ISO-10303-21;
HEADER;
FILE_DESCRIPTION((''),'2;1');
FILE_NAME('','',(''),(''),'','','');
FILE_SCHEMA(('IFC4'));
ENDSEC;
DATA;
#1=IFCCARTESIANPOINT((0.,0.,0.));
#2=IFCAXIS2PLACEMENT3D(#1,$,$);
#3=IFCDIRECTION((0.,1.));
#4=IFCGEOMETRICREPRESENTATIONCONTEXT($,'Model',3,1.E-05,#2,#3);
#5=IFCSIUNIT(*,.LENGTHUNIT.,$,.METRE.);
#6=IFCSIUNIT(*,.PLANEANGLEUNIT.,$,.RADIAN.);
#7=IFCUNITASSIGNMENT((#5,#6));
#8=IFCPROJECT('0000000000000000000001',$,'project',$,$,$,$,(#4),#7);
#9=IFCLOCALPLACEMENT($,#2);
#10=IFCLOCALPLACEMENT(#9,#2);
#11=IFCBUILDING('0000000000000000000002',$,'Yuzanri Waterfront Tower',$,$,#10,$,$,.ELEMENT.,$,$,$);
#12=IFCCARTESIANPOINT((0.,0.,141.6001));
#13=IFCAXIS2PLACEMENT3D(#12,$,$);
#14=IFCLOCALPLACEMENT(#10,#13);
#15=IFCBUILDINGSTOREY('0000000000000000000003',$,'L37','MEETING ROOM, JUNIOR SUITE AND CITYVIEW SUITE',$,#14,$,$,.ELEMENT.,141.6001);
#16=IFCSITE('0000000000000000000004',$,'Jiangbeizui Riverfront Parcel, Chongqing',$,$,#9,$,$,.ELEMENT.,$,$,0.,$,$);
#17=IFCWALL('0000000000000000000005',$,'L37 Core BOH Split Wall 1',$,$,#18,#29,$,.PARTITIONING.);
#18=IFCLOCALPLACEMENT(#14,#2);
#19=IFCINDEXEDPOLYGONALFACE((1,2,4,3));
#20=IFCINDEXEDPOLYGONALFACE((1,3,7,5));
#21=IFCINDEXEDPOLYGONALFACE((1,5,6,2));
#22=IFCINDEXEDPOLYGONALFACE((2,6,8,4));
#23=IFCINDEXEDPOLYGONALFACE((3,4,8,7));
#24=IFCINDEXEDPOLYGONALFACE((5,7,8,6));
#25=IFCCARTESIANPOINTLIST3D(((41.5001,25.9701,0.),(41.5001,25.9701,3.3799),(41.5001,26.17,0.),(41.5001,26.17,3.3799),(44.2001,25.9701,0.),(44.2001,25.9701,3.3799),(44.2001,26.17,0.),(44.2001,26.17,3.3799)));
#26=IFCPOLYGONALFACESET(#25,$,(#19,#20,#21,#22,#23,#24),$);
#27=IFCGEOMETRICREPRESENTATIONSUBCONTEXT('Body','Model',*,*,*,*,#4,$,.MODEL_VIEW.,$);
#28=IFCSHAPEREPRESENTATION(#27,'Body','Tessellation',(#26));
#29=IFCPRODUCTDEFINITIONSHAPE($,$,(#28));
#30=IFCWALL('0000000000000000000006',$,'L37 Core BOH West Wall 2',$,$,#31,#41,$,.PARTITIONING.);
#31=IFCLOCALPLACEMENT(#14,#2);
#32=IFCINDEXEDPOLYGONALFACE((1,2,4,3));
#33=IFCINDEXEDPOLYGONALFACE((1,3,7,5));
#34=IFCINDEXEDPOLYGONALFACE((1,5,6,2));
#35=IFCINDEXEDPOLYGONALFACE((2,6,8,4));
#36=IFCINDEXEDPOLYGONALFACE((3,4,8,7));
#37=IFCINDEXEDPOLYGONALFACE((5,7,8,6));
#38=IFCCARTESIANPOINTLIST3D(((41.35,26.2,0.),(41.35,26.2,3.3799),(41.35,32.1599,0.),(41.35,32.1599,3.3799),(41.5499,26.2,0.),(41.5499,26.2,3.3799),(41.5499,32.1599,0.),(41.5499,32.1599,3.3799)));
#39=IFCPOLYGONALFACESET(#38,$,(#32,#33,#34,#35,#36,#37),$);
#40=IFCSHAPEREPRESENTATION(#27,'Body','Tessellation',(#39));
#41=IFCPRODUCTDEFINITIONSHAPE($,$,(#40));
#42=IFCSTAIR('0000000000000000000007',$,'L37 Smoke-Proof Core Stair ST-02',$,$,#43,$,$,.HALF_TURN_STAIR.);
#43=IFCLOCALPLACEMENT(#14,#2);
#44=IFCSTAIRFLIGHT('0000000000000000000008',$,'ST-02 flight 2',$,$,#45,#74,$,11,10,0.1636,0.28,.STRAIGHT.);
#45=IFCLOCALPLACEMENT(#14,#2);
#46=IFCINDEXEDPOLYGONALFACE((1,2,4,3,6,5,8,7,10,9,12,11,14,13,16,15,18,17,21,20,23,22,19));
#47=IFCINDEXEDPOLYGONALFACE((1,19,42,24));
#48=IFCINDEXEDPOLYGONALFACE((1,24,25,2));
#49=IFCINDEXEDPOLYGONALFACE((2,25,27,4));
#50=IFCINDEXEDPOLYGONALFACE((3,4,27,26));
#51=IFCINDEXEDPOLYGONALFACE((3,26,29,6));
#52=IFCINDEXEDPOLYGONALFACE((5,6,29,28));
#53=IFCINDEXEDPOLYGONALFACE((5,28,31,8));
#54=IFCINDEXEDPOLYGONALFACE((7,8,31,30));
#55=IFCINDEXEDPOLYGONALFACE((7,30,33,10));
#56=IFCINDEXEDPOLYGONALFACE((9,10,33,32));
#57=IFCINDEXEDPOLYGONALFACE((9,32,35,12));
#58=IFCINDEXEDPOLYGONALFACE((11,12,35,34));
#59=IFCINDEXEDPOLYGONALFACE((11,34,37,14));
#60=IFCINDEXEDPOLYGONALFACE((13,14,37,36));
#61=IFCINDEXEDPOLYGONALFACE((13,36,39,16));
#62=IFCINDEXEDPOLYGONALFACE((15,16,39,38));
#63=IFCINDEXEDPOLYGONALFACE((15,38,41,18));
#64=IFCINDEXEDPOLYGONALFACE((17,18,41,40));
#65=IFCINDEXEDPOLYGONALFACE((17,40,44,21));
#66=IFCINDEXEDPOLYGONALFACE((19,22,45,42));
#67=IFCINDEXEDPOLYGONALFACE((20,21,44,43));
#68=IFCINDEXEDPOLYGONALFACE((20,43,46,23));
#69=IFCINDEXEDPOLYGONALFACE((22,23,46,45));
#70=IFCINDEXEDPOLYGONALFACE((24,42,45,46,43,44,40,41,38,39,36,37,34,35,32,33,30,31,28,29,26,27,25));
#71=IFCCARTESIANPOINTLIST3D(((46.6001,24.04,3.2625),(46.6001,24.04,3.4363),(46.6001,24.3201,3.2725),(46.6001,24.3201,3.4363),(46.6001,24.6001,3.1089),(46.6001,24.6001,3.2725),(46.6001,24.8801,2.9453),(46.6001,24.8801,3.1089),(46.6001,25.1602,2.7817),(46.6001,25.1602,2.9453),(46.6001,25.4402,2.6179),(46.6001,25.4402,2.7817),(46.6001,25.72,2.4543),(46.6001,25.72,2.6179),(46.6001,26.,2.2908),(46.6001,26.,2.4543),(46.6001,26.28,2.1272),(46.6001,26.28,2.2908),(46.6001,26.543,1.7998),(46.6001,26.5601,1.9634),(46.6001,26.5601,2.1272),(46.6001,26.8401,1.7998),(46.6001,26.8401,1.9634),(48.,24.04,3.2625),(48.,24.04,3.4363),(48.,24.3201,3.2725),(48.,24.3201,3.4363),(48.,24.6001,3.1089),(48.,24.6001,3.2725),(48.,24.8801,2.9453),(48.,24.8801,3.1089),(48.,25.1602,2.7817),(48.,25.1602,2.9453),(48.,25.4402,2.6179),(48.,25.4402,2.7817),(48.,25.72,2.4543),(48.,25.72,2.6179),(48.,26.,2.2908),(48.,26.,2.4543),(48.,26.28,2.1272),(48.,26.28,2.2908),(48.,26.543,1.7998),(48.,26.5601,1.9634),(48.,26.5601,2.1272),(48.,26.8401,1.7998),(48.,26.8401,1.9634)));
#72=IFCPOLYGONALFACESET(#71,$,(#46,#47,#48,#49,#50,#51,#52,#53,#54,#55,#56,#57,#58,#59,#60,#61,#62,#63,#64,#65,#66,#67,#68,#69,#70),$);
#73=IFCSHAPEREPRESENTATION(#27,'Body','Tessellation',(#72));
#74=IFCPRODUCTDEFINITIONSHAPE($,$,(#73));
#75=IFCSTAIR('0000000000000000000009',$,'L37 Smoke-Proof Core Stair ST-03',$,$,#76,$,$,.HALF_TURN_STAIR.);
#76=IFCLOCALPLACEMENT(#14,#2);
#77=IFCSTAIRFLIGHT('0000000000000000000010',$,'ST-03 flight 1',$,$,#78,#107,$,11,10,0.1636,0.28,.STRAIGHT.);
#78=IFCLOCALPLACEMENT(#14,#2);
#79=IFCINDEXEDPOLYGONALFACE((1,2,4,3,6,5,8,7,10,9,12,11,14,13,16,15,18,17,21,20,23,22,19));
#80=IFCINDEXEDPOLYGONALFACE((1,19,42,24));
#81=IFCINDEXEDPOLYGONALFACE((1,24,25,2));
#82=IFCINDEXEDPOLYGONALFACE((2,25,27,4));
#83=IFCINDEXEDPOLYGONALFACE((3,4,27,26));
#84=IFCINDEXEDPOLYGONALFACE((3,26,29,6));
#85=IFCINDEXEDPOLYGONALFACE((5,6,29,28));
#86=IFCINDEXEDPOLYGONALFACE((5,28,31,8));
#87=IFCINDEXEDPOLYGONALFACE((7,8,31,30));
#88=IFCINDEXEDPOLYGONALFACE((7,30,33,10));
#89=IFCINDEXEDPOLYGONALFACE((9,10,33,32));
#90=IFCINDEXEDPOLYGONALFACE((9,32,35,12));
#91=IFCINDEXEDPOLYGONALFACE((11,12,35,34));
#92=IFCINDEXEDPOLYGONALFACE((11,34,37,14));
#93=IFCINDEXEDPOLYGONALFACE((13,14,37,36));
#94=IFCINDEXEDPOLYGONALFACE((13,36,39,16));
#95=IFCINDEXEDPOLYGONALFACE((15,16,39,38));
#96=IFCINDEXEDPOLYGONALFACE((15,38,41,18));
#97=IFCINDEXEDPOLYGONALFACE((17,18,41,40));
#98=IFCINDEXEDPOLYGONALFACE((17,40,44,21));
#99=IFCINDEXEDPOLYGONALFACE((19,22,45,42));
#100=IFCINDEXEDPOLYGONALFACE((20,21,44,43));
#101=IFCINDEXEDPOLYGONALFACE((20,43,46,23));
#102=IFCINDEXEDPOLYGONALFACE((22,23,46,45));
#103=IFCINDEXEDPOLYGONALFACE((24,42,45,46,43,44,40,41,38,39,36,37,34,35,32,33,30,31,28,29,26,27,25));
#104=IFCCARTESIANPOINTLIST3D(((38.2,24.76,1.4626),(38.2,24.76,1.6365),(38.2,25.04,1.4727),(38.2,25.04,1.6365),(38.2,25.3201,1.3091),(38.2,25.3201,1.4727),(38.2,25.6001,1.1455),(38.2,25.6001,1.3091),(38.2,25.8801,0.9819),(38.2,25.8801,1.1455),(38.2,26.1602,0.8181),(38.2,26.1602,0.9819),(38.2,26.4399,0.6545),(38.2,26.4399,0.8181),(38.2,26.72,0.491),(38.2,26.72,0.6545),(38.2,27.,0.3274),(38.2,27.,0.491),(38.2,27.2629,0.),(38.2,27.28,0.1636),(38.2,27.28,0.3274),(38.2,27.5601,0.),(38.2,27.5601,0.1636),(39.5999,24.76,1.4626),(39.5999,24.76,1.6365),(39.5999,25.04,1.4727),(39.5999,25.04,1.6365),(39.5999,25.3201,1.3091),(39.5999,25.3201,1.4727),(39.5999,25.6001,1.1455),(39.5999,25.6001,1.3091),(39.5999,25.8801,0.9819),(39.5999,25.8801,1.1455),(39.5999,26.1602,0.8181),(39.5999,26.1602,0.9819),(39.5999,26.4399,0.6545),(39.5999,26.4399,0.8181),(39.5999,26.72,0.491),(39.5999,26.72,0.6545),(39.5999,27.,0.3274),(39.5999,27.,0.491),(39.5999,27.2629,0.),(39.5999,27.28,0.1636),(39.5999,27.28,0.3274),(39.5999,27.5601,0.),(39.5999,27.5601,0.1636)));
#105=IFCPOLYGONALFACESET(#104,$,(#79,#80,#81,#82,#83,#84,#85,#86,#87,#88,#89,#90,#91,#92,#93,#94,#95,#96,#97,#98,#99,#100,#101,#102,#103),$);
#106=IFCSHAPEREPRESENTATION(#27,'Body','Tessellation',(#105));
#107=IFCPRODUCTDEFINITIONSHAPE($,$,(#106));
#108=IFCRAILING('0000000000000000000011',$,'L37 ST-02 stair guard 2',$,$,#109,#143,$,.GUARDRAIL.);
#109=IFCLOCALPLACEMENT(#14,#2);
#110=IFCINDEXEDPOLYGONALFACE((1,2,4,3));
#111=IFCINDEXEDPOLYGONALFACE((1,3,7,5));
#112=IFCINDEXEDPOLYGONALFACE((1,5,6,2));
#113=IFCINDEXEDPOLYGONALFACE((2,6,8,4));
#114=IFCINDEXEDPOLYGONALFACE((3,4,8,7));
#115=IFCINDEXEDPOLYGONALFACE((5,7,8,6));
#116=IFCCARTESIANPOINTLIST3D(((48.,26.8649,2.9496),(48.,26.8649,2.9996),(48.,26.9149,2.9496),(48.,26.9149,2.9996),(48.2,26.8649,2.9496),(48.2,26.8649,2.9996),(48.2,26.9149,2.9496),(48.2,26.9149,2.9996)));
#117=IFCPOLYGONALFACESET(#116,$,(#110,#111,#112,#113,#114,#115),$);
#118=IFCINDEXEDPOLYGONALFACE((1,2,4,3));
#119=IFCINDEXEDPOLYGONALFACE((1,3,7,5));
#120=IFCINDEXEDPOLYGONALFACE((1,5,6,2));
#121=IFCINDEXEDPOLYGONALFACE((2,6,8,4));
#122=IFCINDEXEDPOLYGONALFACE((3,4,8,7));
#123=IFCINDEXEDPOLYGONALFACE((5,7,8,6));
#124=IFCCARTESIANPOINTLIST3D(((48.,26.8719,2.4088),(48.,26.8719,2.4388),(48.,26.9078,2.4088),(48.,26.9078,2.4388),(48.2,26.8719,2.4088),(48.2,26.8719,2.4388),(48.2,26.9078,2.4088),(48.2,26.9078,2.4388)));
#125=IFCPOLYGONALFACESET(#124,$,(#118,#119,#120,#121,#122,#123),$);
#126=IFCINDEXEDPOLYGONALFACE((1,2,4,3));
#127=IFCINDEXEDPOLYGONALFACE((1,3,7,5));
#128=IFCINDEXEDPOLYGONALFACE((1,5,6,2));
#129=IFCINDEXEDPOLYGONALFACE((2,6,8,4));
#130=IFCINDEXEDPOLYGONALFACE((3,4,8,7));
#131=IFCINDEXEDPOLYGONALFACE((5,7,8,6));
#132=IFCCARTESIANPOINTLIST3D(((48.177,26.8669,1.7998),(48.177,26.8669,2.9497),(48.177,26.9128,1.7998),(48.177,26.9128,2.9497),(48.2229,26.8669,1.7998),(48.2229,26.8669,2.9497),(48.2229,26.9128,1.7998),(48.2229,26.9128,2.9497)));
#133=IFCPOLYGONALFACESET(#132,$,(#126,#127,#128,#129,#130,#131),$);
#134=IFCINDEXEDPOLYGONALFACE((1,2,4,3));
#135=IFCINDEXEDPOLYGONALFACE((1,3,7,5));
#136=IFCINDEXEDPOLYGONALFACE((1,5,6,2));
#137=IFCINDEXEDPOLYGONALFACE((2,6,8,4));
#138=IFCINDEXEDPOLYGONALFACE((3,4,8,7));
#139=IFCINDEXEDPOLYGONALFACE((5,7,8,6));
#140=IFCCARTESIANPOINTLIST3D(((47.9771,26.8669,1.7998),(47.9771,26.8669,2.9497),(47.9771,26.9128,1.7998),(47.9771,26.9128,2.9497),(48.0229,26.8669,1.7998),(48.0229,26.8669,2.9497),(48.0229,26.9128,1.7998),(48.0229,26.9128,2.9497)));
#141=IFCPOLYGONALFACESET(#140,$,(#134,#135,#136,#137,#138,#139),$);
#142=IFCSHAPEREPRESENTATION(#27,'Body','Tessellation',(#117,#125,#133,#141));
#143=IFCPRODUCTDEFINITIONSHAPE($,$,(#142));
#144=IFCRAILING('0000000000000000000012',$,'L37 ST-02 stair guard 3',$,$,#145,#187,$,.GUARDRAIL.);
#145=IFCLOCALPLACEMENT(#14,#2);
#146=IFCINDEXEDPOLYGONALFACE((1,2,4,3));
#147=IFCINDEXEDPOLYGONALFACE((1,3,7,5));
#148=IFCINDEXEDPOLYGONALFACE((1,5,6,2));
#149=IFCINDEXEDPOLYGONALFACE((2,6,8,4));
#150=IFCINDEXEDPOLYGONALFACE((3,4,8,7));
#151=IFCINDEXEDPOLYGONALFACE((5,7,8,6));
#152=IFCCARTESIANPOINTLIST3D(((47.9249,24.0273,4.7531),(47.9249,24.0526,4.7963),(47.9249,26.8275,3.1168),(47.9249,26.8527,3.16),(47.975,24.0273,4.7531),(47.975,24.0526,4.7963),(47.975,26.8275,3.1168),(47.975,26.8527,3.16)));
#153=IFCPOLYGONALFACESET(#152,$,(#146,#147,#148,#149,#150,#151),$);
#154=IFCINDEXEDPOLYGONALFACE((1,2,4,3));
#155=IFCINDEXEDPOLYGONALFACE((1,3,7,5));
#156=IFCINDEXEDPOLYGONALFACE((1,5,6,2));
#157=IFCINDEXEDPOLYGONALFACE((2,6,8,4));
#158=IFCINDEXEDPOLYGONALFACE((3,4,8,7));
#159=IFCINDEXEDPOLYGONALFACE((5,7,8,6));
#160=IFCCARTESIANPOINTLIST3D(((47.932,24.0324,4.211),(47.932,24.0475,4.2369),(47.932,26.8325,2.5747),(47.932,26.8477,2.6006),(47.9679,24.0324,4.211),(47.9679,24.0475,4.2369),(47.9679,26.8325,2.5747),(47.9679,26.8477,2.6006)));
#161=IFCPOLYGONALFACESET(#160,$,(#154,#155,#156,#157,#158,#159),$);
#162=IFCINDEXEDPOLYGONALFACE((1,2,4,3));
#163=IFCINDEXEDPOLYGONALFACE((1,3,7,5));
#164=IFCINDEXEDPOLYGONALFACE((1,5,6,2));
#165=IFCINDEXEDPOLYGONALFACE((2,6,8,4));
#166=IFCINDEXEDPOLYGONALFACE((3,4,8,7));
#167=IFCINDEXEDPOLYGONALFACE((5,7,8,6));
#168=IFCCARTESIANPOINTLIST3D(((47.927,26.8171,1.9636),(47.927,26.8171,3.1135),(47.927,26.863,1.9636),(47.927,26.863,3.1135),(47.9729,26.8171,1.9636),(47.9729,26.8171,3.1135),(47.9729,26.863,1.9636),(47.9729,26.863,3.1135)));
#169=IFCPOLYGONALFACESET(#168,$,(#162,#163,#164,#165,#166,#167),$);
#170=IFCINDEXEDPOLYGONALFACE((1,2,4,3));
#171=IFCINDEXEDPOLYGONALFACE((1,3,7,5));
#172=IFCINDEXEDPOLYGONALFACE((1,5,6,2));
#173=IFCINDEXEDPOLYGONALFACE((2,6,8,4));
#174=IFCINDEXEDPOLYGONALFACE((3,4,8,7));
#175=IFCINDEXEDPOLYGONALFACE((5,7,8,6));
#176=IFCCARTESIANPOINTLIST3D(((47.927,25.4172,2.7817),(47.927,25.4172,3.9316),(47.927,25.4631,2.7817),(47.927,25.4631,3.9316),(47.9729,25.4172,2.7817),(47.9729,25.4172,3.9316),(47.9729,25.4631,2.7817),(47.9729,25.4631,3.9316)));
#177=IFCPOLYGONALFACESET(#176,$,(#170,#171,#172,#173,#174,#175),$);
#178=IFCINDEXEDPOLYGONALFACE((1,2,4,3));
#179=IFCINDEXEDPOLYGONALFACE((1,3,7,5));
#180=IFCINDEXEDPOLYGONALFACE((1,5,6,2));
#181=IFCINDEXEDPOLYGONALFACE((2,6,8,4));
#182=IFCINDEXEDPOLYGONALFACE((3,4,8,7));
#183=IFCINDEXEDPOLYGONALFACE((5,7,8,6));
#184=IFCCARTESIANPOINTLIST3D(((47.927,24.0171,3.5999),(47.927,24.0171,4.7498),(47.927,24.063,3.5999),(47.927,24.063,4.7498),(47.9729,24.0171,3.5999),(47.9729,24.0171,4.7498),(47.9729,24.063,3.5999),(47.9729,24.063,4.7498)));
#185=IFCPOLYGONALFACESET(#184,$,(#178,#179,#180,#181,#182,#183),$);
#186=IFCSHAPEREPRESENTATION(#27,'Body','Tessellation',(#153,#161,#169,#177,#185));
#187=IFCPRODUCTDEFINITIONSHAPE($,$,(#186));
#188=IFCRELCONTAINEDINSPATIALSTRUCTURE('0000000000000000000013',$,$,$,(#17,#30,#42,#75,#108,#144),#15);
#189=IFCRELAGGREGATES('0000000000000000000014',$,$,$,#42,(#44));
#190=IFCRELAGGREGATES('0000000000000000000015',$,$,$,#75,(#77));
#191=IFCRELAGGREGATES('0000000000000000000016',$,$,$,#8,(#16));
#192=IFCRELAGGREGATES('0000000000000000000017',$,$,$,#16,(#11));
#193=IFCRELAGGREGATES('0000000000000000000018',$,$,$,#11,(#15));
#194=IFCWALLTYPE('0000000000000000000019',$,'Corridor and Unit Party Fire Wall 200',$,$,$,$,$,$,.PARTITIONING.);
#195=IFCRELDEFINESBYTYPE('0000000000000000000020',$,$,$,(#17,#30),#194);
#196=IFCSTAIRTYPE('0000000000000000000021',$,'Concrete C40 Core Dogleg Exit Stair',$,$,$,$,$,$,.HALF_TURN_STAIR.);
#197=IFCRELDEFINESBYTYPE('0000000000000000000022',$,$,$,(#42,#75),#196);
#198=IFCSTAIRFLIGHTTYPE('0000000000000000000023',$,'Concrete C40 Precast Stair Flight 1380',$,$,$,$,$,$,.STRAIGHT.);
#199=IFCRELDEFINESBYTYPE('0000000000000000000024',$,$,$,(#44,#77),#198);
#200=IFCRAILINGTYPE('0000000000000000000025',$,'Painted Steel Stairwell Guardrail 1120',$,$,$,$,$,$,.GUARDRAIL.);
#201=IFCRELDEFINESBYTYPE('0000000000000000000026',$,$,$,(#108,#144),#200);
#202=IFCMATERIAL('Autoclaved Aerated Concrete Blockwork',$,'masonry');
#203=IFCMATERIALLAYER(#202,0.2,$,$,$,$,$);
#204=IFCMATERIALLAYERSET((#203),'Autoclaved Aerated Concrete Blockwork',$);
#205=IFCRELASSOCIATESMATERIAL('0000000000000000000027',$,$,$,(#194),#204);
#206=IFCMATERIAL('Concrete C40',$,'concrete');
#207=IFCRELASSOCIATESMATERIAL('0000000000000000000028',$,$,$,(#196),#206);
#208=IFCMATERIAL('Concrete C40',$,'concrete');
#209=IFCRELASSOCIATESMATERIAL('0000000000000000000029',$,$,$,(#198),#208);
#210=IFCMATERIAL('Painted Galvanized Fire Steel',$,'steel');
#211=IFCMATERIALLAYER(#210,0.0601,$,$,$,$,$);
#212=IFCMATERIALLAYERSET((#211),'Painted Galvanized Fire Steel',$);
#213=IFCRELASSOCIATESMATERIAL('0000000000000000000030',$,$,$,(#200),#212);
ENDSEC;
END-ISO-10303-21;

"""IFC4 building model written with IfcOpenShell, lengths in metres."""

from ifc_helpers import new_model, si_unit, direction, frame, frame_2d, origin, origin_2d, place, context, subcontext, project, spatial, polyline, rectangle, outline, extrude, source, transform, mapped, material, layer, layer_set, type_object, element, aggregate, save


model = new_model("IFC4")

# Units and contexts
model_context = context("Model", 3, precision=1e-05, world=origin(), true_north=direction((0.0, 1.0)))
body_context = subcontext(model_context, "Body", "Model", "MODEL_VIEW")
ifc_project = project(units=[si_unit("LENGTHUNIT", "METRE"), si_unit("PLANEANGLEUNIT", "RADIAN")], contexts=[model_context])

# Site, building, storey
site_placement = place(None, origin())
site = spatial("IfcSite", under=ifc_project, at=site_placement, Name="Jiangbeizui Riverfront Parcel, Chongqing", CompositionType="ELEMENT", RefElevation=0.0)
building_placement = place(site_placement, origin())
building = spatial("IfcBuilding", under=site, at=building_placement, Name="Yuzanri Waterfront Tower", CompositionType="ELEMENT")
storey_placement = place(building_placement, frame((0.0, 0.0, 141.6001)))
storey = spatial("IfcBuildingStorey", under=building, at=storey_placement, Name="L37", Description="MEETING ROOM, JUNIOR SUITE AND CITYVIEW SUITE", CompositionType="ELEMENT", Elevation=141.6001)

# Walls
ifc_material_1 = material(Name="Autoclaved Aerated Concrete Blockwork", Category="masonry")
ifc_layer_1 = layer(ifc_material_1, 0.2)
ifc_layer_set_1 = layer_set([ifc_layer_1], Name="Autoclaved Aerated Concrete Blockwork")
wall_type_1 = type_object("IfcWallType", Name="Corridor and Unit Party Fire Wall 200", PredefinedType="PARTITIONING", material=ifc_layer_set_1)
shared_shape_1 = source(origin(), body_context, "Body", "SweptSolid", [
    extrude(rectangle(XDim=2.7, YDim=0.2, at=frame_2d((1.3501, 0.0))), origin(), (0.0, 0.0, 1.0), 3.3799),
])
wall_1_placement = place(storey_placement, frame((41.5, 26.0701, 0.0), z_axis=(0.0, 0.0, 1.0), x_axis=(1.0, 0.0, 0.0)))
element("IfcWall", 1, at=wall_1_placement, inside=storey, type_object=wall_type_1, Name="L37 Core BOH Split Wall 1", PredefinedType="PARTITIONING", context=body_context, shape_type="MappedRepresentation", body=[
    mapped(shared_shape_1, transform((0.0, 0.0, 0.0), scale=1.0)),
])
shared_shape_2 = source(origin(), body_context, "Body", "SweptSolid", [
    extrude(rectangle(XDim=5.96, YDim=0.2, at=frame_2d((2.98, 0.0))), origin(), (0.0, 0.0, 1.0), 3.3799),
])
wall_2_placement = place(storey_placement, frame((41.45, 26.2, 0.0), z_axis=(0.0, 0.0, 1.0), x_axis=(0.0, 1.0, 0.0)))
element("IfcWall", 2, at=wall_2_placement, inside=storey, type_object=wall_type_1, Name="L37 Core BOH West Wall 2", PredefinedType="PARTITIONING", context=body_context, shape_type="MappedRepresentation", body=[
    mapped(shared_shape_2, transform((0.0, 0.0, 0.0), scale=1.0)),
])

# Stairs, stair flights
ifc_material_2 = material(Name="Concrete C40", Category="concrete")
stair_type = type_object("IfcStairType", Name="Concrete C40 Core Dogleg Exit Stair", PredefinedType="HALF_TURN_STAIR", material=ifc_material_2)
stair_1_placement = place(storey_placement, origin())
stair_1 = element("IfcStair", 3, at=stair_1_placement, inside=storey, type_object=stair_type, Name="L37 Smoke-Proof Core Stair ST-02", PredefinedType="HALF_TURN_STAIR")
ifc_material_3 = material(Name="Concrete C40", Category="concrete")
stair_flight_type = type_object("IfcStairFlightType", Name="Concrete C40 Precast Stair Flight 1380", PredefinedType="STRAIGHT", material=ifc_material_3)
shared_shape_3 = source(origin(), body_context, "Body", "SweptSolid", [
    extrude(outline(polyline([(0.0, 0.0), (0.0, 0.1636), (0.28, 0.1636), (0.28, 0.3274), (0.5601, 0.3274), (0.5601, 0.491), (0.8401, 0.491), (0.8401, 0.6545), (1.1201, 0.6545), (1.1201, 0.8181), (1.3999, 0.8181), (1.3999, 0.9819), (1.6799, 0.9819), (1.6799, 1.1455), (1.96, 1.1455), (1.96, 1.3091), (2.24, 1.3091), (2.24, 1.4727), (2.52, 1.4727), (2.52, 1.6365), (2.8, 1.6365), (2.8, 1.8), (2.8, 1.4626), (0.2971, 0.0), (0.0, 0.0)])), frame((0.0, 0.7, 0.0), z_axis=(0.0, -1.0, 0.0), x_axis=(1.0, 0.0, 0.0)), (0.0, 0.0, 1.0), 1.3999),
])
stair_flight_1_placement = place(storey_placement, frame((47.3, 26.8401, 1.7998), z_axis=(0.0, 0.0, 1.0), x_axis=(0.0, -1.0, 0.0)))
stair_flight_1 = element("IfcStairFlight", 4, at=stair_flight_1_placement, type_object=stair_flight_type, Name="ST-02 flight 2", NumberOfRisers=11, NumberOfTreads=10, PredefinedType="STRAIGHT", RiserHeight=0.1636, TreadLength=0.28, context=body_context, shape_type="MappedRepresentation", body=[
    mapped(shared_shape_3, transform((0.0, 0.0, 0.0), scale=1.0)),
])
aggregate(stair_1, [stair_flight_1])
stair_2_placement = place(storey_placement, origin())
stair_2 = element("IfcStair", 5, at=stair_2_placement, inside=storey, type_object=stair_type, Name="L37 Smoke-Proof Core Stair ST-03", PredefinedType="HALF_TURN_STAIR")
stair_flight_2_placement = place(storey_placement, frame((38.8999, 27.5601, 0.0), z_axis=(0.0, 0.0, 1.0), x_axis=(0.0, -1.0, 0.0)))
stair_flight_2 = element("IfcStairFlight", 6, at=stair_flight_2_placement, type_object=stair_flight_type, Name="ST-03 flight 1", NumberOfRisers=11, NumberOfTreads=10, PredefinedType="STRAIGHT", RiserHeight=0.1636, TreadLength=0.28, context=body_context, shape_type="MappedRepresentation", body=[
    mapped(shared_shape_3, transform((0.0, 0.0, 0.0), scale=1.0)),
])
aggregate(stair_2, [stair_flight_2])

# Railings
ifc_material_4 = material(Name="Painted Galvanized Fire Steel", Category="steel")
ifc_layer_2 = layer(ifc_material_4, 0.0601)
ifc_layer_set_2 = layer_set([ifc_layer_2], Name="Painted Galvanized Fire Steel")
railing_type_1 = type_object("IfcRailingType", Name="Painted Steel Stairwell Guardrail 1120", PredefinedType="GUARDRAIL", material=ifc_layer_set_2)
shared_shape_4 = source(origin(), body_context, "Body", "SweptSolid", [
    extrude(rectangle(XDim=0.05, YDim=0.05, at=origin_2d()), frame((0.0, 0.0, 1.1748), z_axis=(-1.0, 0.0, 0.0), x_axis=(0.0, -1.0, 0.0)), (0.0, 0.0, 1.0), 0.2),
    extrude(rectangle(XDim=0.0359, YDim=0.03, at=origin_2d()), frame((0.0, 0.0, 0.624), z_axis=(-1.0, 0.0, 0.0), x_axis=(0.0, -1.0, 0.0)), (0.0, 0.0, 1.0), 0.2),
    extrude(rectangle(XDim=0.0459, YDim=0.0459, at=origin_2d()), origin(), (0.0, 0.0, 1.0), 1.1499),
    extrude(rectangle(XDim=0.0459, YDim=0.0459, at=origin_2d()), frame((-0.2, 0.0, 0.0)), (0.0, 0.0, 1.0), 1.1499),
])
railing_1_placement = place(storey_placement, frame((48.2, 26.8899, 1.7998)))
element("IfcRailing", 7, at=railing_1_placement, inside=storey, type_object=railing_type_1, Name="L37 ST-02 stair guard 2", PredefinedType="GUARDRAIL", context=body_context, shape_type="MappedRepresentation", body=[
    mapped(shared_shape_4, transform((0.0, 0.0, 0.0), scale=1.0)),
])
shared_shape_5 = source(origin(), body_context, "Body", "SweptSolid", [
    extrude(rectangle(XDim=0.05, YDim=0.05, at=origin_2d()), frame((0.0, 0.0, 1.1748), z_axis=(0.0, -0.863394, 0.504531), x_axis=(1.0, 0.0, 0.0)), (0.0, 0.0, 1.0), 3.2432),
    extrude(rectangle(XDim=0.0359, YDim=0.03, at=origin_2d()), frame((0.0, 0.0, 0.624), z_axis=(0.0, -0.863394, 0.504531), x_axis=(1.0, 0.0, 0.0)), (0.0, 0.0, 1.0), 3.2432),
    extrude(rectangle(XDim=0.0459, YDim=0.0459, at=origin_2d()), origin(), (0.0, 0.0, 1.0), 1.1499),
    extrude(rectangle(XDim=0.0459, YDim=0.0459, at=origin_2d()), frame((0.0, -1.3999, 0.8181)), (0.0, 0.0, 1.0), 1.1499),
    extrude(rectangle(XDim=0.0459, YDim=0.0459, at=origin_2d()), frame((0.0, -2.8, 1.6362)), (0.0, 0.0, 1.0), 1.1499),
])
for number, where, name in (
    (8, (47.95, 26.8401, 1.9636), "L37 ST-02 stair guard 3"),
):
    element("IfcRailing", number, at=place(storey_placement, frame(where)), inside=storey, type_object=railing_type_1, Name=name, PredefinedType="GUARDRAIL", context=body_context, shape_type="MappedRepresentation", body=[
        mapped(shared_shape_5, transform((0.0, 0.0, 0.0), scale=1.0)),
    ])

save(model, "model.ifc")
